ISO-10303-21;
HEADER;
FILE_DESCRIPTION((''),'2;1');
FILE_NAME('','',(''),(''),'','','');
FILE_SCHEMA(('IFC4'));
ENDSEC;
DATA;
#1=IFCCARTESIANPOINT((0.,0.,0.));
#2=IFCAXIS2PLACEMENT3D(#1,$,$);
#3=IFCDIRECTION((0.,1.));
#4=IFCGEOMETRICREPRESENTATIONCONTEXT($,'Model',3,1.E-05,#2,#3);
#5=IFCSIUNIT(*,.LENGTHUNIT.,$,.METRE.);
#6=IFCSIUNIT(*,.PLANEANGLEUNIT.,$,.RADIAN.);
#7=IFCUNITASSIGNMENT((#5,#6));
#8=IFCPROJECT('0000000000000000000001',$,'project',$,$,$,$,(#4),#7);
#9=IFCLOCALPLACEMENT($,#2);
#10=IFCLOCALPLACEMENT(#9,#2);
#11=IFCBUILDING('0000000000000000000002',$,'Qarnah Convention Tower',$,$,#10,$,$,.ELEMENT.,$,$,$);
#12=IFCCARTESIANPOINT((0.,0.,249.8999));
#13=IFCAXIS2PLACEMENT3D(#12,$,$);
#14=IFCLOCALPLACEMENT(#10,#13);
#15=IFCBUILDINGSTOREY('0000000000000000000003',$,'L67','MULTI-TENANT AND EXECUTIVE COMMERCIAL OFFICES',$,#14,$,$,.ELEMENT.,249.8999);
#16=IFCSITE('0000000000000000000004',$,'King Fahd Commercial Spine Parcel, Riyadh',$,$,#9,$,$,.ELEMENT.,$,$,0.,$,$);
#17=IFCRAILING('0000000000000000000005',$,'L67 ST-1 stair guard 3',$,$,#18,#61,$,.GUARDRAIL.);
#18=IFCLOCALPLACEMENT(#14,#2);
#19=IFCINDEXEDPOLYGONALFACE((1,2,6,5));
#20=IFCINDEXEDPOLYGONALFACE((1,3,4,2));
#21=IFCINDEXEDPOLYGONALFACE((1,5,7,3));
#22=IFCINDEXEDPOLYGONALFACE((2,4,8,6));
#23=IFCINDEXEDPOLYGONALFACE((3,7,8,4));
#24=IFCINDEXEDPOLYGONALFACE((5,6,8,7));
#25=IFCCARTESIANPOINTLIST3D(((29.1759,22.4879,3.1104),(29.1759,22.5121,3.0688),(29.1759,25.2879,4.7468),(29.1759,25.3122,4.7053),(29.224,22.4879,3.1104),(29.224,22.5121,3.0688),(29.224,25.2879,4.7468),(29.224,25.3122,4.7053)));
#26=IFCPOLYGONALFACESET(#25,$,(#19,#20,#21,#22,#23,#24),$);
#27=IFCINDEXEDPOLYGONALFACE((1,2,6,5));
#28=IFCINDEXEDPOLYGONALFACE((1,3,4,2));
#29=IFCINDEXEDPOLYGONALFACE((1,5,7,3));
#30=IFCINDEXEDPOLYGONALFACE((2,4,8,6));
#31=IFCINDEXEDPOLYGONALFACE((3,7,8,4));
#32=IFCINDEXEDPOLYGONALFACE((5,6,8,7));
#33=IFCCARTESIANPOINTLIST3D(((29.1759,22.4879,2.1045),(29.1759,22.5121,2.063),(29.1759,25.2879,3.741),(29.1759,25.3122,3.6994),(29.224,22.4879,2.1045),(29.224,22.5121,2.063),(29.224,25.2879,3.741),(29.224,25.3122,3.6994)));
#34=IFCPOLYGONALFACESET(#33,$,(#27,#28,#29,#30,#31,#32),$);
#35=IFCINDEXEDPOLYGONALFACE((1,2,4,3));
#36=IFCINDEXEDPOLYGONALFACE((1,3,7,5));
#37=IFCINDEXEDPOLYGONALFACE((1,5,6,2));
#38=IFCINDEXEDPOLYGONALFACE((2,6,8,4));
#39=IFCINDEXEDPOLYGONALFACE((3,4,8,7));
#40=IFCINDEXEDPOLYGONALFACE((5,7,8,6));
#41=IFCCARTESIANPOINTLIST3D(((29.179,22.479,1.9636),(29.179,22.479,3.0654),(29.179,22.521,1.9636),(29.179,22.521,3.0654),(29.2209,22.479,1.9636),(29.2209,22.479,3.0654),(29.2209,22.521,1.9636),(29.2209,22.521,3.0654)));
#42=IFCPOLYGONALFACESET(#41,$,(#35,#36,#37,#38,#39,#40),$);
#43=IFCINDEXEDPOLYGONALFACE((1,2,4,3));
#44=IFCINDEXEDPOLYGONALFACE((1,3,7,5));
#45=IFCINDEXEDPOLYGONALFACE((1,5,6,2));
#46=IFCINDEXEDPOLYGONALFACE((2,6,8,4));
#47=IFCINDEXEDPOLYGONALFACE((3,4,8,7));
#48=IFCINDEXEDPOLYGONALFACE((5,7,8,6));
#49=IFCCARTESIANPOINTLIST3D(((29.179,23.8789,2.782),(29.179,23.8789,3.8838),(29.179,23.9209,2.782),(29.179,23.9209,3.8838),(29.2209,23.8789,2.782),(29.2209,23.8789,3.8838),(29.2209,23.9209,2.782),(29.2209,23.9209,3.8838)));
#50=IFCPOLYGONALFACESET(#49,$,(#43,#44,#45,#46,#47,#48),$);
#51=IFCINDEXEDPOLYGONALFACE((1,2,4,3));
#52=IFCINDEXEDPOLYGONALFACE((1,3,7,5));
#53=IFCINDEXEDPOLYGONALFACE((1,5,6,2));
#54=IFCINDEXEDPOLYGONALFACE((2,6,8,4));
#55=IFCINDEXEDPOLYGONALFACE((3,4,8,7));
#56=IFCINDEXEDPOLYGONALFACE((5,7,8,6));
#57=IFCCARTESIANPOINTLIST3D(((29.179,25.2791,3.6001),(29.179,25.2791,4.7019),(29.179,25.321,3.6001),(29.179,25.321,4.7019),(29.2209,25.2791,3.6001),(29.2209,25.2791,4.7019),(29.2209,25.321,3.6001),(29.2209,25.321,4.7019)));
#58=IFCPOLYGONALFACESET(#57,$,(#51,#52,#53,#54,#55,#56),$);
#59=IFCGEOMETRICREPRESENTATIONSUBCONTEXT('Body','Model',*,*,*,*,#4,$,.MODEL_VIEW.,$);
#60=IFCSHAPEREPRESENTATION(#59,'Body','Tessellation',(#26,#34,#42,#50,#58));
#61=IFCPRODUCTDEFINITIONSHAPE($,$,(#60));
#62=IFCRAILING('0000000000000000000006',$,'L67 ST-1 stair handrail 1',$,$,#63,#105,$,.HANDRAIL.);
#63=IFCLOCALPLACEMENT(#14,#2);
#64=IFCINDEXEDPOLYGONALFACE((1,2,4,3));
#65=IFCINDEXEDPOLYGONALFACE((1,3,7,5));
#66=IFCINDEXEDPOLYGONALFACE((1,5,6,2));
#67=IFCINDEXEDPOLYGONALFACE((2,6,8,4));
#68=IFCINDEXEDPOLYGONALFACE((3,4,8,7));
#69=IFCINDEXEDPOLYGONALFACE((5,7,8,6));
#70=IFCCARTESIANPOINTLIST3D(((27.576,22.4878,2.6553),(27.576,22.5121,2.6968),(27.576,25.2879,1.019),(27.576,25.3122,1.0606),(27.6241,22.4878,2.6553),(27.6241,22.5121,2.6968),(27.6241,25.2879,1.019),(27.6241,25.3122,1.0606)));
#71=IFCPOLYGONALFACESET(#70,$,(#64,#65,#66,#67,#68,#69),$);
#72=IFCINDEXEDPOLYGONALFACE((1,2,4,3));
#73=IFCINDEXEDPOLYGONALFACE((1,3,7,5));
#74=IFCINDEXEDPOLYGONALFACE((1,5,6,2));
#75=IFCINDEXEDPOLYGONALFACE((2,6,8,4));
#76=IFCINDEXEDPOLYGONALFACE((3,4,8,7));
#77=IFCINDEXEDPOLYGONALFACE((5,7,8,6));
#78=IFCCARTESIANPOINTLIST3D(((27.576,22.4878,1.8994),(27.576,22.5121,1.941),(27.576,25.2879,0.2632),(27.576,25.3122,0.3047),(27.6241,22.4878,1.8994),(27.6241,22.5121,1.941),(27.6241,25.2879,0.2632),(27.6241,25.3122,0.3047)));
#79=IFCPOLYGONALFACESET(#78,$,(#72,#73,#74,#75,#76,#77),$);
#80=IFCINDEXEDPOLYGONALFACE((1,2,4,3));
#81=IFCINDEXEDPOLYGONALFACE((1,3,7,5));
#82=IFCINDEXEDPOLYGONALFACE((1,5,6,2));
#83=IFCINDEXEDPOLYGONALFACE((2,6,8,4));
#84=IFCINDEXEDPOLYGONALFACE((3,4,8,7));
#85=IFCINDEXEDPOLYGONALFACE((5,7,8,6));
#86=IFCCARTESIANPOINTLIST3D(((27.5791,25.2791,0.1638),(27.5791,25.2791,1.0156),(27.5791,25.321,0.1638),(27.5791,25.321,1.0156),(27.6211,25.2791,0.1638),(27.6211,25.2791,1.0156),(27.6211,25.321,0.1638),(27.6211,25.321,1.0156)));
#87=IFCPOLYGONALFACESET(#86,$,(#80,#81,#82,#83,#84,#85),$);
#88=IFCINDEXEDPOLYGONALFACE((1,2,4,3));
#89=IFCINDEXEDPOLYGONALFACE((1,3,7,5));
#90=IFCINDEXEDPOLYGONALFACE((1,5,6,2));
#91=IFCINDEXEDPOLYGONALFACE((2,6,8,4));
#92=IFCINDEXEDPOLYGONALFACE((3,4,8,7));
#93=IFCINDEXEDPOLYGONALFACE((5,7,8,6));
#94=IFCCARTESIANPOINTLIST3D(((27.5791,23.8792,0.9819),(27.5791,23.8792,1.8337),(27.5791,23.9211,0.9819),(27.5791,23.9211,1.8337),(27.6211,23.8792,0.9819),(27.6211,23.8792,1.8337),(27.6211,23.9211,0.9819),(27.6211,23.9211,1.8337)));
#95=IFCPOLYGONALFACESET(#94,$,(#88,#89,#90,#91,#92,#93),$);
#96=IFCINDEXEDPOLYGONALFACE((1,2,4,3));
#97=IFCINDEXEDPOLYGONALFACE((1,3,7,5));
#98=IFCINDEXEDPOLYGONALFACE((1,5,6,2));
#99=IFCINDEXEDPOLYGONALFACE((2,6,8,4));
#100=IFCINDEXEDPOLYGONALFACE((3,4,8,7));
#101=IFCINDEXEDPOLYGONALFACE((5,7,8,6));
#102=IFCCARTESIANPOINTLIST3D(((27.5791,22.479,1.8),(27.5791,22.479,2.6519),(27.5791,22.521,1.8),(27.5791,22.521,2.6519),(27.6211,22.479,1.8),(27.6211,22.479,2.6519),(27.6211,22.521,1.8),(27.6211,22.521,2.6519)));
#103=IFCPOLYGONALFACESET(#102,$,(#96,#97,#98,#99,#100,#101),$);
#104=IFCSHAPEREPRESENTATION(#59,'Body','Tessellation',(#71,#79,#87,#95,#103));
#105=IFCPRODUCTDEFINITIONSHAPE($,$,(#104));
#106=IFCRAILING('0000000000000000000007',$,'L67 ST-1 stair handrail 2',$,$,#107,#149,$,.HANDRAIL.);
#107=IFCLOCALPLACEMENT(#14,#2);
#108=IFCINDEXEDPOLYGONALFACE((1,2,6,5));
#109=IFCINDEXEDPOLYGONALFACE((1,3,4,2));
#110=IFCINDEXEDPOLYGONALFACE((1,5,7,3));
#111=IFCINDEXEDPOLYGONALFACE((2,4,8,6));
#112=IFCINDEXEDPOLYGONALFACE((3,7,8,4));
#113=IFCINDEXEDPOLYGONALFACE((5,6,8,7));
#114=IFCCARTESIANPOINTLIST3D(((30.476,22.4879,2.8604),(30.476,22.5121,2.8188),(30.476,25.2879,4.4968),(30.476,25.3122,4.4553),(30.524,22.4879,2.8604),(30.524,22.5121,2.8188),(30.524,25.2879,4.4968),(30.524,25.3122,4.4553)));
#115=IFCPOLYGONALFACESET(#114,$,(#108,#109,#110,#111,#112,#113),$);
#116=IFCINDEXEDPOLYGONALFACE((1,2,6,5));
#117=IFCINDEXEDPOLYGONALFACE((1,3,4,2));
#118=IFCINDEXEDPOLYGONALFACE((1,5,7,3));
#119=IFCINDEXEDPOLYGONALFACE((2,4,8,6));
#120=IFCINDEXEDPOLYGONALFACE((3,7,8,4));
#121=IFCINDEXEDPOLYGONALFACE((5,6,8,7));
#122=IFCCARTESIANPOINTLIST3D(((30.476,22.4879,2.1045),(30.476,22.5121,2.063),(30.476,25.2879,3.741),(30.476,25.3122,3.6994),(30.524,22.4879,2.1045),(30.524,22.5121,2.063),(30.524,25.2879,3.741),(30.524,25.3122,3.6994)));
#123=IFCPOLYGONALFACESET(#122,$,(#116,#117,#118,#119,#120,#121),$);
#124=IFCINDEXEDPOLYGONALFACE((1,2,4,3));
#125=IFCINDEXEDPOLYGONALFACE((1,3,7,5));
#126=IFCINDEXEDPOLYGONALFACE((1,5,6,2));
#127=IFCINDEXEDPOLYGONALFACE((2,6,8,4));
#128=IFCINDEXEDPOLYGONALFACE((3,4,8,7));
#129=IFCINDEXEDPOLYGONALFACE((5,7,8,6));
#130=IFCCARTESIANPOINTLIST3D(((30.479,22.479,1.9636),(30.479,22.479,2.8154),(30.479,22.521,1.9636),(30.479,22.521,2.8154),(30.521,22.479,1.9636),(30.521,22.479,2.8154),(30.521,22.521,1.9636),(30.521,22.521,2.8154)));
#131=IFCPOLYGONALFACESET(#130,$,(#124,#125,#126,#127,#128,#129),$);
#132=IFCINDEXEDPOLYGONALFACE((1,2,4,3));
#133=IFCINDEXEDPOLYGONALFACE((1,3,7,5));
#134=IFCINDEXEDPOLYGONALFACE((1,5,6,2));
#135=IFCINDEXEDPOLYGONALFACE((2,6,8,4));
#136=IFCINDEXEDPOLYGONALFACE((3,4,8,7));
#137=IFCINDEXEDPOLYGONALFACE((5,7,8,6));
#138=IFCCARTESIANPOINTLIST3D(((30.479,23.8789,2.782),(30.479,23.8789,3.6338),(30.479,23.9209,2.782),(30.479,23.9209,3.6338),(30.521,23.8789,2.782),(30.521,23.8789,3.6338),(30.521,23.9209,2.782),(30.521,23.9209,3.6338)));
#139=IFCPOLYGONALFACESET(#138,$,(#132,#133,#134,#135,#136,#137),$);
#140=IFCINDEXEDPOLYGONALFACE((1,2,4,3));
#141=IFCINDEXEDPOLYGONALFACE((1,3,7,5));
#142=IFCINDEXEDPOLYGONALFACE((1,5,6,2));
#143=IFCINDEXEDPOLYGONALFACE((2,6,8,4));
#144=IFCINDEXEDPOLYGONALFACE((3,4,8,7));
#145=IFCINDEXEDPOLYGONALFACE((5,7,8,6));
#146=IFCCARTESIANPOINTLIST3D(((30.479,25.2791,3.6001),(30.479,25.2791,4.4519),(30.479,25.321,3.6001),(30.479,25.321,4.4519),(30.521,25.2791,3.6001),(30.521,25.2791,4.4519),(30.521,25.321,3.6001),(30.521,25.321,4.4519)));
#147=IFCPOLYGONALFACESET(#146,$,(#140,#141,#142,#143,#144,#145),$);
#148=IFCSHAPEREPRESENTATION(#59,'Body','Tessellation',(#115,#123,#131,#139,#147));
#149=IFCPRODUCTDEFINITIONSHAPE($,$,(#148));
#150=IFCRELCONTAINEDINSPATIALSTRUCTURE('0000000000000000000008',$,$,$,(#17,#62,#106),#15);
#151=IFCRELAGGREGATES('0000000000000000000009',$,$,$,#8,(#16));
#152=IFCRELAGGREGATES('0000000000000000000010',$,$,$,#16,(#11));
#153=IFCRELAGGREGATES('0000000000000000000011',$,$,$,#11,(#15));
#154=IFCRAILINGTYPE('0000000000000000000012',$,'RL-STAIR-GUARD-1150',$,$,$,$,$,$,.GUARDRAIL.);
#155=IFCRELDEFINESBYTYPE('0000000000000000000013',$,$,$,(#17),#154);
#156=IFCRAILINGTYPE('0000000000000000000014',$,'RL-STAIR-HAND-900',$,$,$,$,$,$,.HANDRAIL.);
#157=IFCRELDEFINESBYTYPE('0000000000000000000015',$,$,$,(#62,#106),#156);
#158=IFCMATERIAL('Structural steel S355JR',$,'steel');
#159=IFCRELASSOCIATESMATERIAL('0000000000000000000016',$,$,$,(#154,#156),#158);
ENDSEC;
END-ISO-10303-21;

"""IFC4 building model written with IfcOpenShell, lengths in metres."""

from ifc_helpers import new_model, si_unit, direction, frame, origin, origin_2d, place, context, subcontext, project, spatial, rectangle, extrude, material, type_object, element, save


model = new_model("IFC4")

# Units and contexts
model_context = context("Model", 3, precision=1e-05, world=origin(), true_north=direction((0.0, 1.0)))
body_context = subcontext(model_context, "Body", "Model", "MODEL_VIEW")
ifc_project = project(units=[si_unit("LENGTHUNIT", "METRE"), si_unit("PLANEANGLEUNIT", "RADIAN")], contexts=[model_context])

# Site, building, storey
site_placement = place(None, origin())
site = spatial("IfcSite", under=ifc_project, at=site_placement, Name="King Fahd Commercial Spine Parcel, Riyadh", CompositionType="ELEMENT", RefElevation=0.0)
building_placement = place(site_placement, origin())
building = spatial("IfcBuilding", under=site, at=building_placement, Name="Qarnah Convention Tower", CompositionType="ELEMENT")
storey_placement = place(building_placement, frame((0.0, 0.0, 249.8999)))
storey = spatial("IfcBuildingStorey", under=building, at=storey_placement, Name="L67", Description="MULTI-TENANT AND EXECUTIVE COMMERCIAL OFFICES", CompositionType="ELEMENT", Elevation=249.8999)

# Shared definitions
ifc_material_1 = material(Name="Structural steel S355JR", Category="steel")

# Railings
railing_type_1 = type_object("IfcRailingType", Name="RL-STAIR-GUARD-1150", PredefinedType="GUARDRAIL", material=ifc_material_1)
railing_1_placement = place(storey_placement, frame((29.2, 22.5, 1.9636)))
element("IfcRailing", 1, at=railing_1_placement, inside=storey, type_object=railing_type_1, Name="L67 ST-1 stair guard 3", PredefinedType="GUARDRAIL", context=body_context, shape_type="SweptSolid", body=[
    extrude(rectangle(XDim=0.0481, YDim=0.0481, at=origin_2d()), frame((0.0, 0.0, 1.126), z_axis=(0.0, 0.863361, 0.504587), x_axis=(-1.0, 0.0, 0.0)), (0.0, 0.0, 1.0), 3.2432),
    extrude(rectangle(XDim=0.0481, YDim=0.0481, at=origin_2d()), frame((0.0, 0.0, 0.1201), z_axis=(0.0, 0.863361, 0.504587), x_axis=(-1.0, 0.0, 0.0)), (0.0, 0.0, 1.0), 3.2432),
    extrude(rectangle(XDim=0.042, YDim=0.042, at=origin_2d()), origin(), (0.0, 0.0, 1.0), 1.1018),
    extrude(rectangle(XDim=0.042, YDim=0.042, at=origin_2d()), frame((0.0, 1.3999, 0.8184)), (0.0, 0.0, 1.0), 1.1018),
    extrude(rectangle(XDim=0.042, YDim=0.042, at=origin_2d()), frame((0.0, 2.8, 1.6365)), (0.0, 0.0, 1.0), 1.1018),
])
railing_type_2 = type_object("IfcRailingType", Name="RL-STAIR-HAND-900", PredefinedType="HANDRAIL", material=ifc_material_1)
railing_2_placement = place(storey_placement, frame((27.6001, 25.3, 0.1638)))
element("IfcRailing", 2, at=railing_2_placement, inside=storey, type_object=railing_type_2, Name="L67 ST-1 stair handrail 1", PredefinedType="HANDRAIL", context=body_context, shape_type="SweptSolid", body=[
    extrude(rectangle(XDim=0.0481, YDim=0.0481, at=origin_2d()), frame((0.0, 0.0, 0.876), z_axis=(0.0, -0.863394, 0.504531), x_axis=(1.0, 0.0, 0.0)), (0.0, 0.0, 1.0), 3.2432),
    extrude(rectangle(XDim=0.0481, YDim=0.0481, at=origin_2d()), frame((0.0, 0.0, 0.1201), z_axis=(0.0, -0.863394, 0.504531), x_axis=(1.0, 0.0, 0.0)), (0.0, 0.0, 1.0), 3.2432),
    extrude(rectangle(XDim=0.042, YDim=0.042, at=origin_2d()), origin(), (0.0, 0.0, 1.0), 0.8518),
    extrude(rectangle(XDim=0.042, YDim=0.042, at=origin_2d()), frame((0.0, -1.3999, 0.8181)), (0.0, 0.0, 1.0), 0.8518),
    extrude(rectangle(XDim=0.042, YDim=0.042, at=origin_2d()), frame((0.0, -2.8, 1.6362)), (0.0, 0.0, 1.0), 0.8518),
])
railing_3_placement = place(storey_placement, frame((30.5, 22.5, 1.9636)))
element("IfcRailing", 3, at=railing_3_placement, inside=storey, type_object=railing_type_2, Name="L67 ST-1 stair handrail 2", PredefinedType="HANDRAIL", context=body_context, shape_type="SweptSolid", body=[
    extrude(rectangle(XDim=0.0481, YDim=0.0481, at=origin_2d()), frame((0.0, 0.0, 0.876), z_axis=(0.0, 0.863361, 0.504587), x_axis=(-1.0, 0.0, 0.0)), (0.0, 0.0, 1.0), 3.2432),
    extrude(rectangle(XDim=0.0481, YDim=0.0481, at=origin_2d()), frame((0.0, 0.0, 0.1201), z_axis=(0.0, 0.863361, 0.504587), x_axis=(-1.0, 0.0, 0.0)), (0.0, 0.0, 1.0), 3.2432),
    extrude(rectangle(XDim=0.042, YDim=0.042, at=origin_2d()), origin(), (0.0, 0.0, 1.0), 0.8518),
    extrude(rectangle(XDim=0.042, YDim=0.042, at=origin_2d()), frame((0.0, 1.3999, 0.8184)), (0.0, 0.0, 1.0), 0.8518),
    extrude(rectangle(XDim=0.042, YDim=0.042, at=origin_2d()), frame((0.0, 2.8, 1.6365)), (0.0, 0.0, 1.0), 0.8518),
])

save(model, "model.ifc")
